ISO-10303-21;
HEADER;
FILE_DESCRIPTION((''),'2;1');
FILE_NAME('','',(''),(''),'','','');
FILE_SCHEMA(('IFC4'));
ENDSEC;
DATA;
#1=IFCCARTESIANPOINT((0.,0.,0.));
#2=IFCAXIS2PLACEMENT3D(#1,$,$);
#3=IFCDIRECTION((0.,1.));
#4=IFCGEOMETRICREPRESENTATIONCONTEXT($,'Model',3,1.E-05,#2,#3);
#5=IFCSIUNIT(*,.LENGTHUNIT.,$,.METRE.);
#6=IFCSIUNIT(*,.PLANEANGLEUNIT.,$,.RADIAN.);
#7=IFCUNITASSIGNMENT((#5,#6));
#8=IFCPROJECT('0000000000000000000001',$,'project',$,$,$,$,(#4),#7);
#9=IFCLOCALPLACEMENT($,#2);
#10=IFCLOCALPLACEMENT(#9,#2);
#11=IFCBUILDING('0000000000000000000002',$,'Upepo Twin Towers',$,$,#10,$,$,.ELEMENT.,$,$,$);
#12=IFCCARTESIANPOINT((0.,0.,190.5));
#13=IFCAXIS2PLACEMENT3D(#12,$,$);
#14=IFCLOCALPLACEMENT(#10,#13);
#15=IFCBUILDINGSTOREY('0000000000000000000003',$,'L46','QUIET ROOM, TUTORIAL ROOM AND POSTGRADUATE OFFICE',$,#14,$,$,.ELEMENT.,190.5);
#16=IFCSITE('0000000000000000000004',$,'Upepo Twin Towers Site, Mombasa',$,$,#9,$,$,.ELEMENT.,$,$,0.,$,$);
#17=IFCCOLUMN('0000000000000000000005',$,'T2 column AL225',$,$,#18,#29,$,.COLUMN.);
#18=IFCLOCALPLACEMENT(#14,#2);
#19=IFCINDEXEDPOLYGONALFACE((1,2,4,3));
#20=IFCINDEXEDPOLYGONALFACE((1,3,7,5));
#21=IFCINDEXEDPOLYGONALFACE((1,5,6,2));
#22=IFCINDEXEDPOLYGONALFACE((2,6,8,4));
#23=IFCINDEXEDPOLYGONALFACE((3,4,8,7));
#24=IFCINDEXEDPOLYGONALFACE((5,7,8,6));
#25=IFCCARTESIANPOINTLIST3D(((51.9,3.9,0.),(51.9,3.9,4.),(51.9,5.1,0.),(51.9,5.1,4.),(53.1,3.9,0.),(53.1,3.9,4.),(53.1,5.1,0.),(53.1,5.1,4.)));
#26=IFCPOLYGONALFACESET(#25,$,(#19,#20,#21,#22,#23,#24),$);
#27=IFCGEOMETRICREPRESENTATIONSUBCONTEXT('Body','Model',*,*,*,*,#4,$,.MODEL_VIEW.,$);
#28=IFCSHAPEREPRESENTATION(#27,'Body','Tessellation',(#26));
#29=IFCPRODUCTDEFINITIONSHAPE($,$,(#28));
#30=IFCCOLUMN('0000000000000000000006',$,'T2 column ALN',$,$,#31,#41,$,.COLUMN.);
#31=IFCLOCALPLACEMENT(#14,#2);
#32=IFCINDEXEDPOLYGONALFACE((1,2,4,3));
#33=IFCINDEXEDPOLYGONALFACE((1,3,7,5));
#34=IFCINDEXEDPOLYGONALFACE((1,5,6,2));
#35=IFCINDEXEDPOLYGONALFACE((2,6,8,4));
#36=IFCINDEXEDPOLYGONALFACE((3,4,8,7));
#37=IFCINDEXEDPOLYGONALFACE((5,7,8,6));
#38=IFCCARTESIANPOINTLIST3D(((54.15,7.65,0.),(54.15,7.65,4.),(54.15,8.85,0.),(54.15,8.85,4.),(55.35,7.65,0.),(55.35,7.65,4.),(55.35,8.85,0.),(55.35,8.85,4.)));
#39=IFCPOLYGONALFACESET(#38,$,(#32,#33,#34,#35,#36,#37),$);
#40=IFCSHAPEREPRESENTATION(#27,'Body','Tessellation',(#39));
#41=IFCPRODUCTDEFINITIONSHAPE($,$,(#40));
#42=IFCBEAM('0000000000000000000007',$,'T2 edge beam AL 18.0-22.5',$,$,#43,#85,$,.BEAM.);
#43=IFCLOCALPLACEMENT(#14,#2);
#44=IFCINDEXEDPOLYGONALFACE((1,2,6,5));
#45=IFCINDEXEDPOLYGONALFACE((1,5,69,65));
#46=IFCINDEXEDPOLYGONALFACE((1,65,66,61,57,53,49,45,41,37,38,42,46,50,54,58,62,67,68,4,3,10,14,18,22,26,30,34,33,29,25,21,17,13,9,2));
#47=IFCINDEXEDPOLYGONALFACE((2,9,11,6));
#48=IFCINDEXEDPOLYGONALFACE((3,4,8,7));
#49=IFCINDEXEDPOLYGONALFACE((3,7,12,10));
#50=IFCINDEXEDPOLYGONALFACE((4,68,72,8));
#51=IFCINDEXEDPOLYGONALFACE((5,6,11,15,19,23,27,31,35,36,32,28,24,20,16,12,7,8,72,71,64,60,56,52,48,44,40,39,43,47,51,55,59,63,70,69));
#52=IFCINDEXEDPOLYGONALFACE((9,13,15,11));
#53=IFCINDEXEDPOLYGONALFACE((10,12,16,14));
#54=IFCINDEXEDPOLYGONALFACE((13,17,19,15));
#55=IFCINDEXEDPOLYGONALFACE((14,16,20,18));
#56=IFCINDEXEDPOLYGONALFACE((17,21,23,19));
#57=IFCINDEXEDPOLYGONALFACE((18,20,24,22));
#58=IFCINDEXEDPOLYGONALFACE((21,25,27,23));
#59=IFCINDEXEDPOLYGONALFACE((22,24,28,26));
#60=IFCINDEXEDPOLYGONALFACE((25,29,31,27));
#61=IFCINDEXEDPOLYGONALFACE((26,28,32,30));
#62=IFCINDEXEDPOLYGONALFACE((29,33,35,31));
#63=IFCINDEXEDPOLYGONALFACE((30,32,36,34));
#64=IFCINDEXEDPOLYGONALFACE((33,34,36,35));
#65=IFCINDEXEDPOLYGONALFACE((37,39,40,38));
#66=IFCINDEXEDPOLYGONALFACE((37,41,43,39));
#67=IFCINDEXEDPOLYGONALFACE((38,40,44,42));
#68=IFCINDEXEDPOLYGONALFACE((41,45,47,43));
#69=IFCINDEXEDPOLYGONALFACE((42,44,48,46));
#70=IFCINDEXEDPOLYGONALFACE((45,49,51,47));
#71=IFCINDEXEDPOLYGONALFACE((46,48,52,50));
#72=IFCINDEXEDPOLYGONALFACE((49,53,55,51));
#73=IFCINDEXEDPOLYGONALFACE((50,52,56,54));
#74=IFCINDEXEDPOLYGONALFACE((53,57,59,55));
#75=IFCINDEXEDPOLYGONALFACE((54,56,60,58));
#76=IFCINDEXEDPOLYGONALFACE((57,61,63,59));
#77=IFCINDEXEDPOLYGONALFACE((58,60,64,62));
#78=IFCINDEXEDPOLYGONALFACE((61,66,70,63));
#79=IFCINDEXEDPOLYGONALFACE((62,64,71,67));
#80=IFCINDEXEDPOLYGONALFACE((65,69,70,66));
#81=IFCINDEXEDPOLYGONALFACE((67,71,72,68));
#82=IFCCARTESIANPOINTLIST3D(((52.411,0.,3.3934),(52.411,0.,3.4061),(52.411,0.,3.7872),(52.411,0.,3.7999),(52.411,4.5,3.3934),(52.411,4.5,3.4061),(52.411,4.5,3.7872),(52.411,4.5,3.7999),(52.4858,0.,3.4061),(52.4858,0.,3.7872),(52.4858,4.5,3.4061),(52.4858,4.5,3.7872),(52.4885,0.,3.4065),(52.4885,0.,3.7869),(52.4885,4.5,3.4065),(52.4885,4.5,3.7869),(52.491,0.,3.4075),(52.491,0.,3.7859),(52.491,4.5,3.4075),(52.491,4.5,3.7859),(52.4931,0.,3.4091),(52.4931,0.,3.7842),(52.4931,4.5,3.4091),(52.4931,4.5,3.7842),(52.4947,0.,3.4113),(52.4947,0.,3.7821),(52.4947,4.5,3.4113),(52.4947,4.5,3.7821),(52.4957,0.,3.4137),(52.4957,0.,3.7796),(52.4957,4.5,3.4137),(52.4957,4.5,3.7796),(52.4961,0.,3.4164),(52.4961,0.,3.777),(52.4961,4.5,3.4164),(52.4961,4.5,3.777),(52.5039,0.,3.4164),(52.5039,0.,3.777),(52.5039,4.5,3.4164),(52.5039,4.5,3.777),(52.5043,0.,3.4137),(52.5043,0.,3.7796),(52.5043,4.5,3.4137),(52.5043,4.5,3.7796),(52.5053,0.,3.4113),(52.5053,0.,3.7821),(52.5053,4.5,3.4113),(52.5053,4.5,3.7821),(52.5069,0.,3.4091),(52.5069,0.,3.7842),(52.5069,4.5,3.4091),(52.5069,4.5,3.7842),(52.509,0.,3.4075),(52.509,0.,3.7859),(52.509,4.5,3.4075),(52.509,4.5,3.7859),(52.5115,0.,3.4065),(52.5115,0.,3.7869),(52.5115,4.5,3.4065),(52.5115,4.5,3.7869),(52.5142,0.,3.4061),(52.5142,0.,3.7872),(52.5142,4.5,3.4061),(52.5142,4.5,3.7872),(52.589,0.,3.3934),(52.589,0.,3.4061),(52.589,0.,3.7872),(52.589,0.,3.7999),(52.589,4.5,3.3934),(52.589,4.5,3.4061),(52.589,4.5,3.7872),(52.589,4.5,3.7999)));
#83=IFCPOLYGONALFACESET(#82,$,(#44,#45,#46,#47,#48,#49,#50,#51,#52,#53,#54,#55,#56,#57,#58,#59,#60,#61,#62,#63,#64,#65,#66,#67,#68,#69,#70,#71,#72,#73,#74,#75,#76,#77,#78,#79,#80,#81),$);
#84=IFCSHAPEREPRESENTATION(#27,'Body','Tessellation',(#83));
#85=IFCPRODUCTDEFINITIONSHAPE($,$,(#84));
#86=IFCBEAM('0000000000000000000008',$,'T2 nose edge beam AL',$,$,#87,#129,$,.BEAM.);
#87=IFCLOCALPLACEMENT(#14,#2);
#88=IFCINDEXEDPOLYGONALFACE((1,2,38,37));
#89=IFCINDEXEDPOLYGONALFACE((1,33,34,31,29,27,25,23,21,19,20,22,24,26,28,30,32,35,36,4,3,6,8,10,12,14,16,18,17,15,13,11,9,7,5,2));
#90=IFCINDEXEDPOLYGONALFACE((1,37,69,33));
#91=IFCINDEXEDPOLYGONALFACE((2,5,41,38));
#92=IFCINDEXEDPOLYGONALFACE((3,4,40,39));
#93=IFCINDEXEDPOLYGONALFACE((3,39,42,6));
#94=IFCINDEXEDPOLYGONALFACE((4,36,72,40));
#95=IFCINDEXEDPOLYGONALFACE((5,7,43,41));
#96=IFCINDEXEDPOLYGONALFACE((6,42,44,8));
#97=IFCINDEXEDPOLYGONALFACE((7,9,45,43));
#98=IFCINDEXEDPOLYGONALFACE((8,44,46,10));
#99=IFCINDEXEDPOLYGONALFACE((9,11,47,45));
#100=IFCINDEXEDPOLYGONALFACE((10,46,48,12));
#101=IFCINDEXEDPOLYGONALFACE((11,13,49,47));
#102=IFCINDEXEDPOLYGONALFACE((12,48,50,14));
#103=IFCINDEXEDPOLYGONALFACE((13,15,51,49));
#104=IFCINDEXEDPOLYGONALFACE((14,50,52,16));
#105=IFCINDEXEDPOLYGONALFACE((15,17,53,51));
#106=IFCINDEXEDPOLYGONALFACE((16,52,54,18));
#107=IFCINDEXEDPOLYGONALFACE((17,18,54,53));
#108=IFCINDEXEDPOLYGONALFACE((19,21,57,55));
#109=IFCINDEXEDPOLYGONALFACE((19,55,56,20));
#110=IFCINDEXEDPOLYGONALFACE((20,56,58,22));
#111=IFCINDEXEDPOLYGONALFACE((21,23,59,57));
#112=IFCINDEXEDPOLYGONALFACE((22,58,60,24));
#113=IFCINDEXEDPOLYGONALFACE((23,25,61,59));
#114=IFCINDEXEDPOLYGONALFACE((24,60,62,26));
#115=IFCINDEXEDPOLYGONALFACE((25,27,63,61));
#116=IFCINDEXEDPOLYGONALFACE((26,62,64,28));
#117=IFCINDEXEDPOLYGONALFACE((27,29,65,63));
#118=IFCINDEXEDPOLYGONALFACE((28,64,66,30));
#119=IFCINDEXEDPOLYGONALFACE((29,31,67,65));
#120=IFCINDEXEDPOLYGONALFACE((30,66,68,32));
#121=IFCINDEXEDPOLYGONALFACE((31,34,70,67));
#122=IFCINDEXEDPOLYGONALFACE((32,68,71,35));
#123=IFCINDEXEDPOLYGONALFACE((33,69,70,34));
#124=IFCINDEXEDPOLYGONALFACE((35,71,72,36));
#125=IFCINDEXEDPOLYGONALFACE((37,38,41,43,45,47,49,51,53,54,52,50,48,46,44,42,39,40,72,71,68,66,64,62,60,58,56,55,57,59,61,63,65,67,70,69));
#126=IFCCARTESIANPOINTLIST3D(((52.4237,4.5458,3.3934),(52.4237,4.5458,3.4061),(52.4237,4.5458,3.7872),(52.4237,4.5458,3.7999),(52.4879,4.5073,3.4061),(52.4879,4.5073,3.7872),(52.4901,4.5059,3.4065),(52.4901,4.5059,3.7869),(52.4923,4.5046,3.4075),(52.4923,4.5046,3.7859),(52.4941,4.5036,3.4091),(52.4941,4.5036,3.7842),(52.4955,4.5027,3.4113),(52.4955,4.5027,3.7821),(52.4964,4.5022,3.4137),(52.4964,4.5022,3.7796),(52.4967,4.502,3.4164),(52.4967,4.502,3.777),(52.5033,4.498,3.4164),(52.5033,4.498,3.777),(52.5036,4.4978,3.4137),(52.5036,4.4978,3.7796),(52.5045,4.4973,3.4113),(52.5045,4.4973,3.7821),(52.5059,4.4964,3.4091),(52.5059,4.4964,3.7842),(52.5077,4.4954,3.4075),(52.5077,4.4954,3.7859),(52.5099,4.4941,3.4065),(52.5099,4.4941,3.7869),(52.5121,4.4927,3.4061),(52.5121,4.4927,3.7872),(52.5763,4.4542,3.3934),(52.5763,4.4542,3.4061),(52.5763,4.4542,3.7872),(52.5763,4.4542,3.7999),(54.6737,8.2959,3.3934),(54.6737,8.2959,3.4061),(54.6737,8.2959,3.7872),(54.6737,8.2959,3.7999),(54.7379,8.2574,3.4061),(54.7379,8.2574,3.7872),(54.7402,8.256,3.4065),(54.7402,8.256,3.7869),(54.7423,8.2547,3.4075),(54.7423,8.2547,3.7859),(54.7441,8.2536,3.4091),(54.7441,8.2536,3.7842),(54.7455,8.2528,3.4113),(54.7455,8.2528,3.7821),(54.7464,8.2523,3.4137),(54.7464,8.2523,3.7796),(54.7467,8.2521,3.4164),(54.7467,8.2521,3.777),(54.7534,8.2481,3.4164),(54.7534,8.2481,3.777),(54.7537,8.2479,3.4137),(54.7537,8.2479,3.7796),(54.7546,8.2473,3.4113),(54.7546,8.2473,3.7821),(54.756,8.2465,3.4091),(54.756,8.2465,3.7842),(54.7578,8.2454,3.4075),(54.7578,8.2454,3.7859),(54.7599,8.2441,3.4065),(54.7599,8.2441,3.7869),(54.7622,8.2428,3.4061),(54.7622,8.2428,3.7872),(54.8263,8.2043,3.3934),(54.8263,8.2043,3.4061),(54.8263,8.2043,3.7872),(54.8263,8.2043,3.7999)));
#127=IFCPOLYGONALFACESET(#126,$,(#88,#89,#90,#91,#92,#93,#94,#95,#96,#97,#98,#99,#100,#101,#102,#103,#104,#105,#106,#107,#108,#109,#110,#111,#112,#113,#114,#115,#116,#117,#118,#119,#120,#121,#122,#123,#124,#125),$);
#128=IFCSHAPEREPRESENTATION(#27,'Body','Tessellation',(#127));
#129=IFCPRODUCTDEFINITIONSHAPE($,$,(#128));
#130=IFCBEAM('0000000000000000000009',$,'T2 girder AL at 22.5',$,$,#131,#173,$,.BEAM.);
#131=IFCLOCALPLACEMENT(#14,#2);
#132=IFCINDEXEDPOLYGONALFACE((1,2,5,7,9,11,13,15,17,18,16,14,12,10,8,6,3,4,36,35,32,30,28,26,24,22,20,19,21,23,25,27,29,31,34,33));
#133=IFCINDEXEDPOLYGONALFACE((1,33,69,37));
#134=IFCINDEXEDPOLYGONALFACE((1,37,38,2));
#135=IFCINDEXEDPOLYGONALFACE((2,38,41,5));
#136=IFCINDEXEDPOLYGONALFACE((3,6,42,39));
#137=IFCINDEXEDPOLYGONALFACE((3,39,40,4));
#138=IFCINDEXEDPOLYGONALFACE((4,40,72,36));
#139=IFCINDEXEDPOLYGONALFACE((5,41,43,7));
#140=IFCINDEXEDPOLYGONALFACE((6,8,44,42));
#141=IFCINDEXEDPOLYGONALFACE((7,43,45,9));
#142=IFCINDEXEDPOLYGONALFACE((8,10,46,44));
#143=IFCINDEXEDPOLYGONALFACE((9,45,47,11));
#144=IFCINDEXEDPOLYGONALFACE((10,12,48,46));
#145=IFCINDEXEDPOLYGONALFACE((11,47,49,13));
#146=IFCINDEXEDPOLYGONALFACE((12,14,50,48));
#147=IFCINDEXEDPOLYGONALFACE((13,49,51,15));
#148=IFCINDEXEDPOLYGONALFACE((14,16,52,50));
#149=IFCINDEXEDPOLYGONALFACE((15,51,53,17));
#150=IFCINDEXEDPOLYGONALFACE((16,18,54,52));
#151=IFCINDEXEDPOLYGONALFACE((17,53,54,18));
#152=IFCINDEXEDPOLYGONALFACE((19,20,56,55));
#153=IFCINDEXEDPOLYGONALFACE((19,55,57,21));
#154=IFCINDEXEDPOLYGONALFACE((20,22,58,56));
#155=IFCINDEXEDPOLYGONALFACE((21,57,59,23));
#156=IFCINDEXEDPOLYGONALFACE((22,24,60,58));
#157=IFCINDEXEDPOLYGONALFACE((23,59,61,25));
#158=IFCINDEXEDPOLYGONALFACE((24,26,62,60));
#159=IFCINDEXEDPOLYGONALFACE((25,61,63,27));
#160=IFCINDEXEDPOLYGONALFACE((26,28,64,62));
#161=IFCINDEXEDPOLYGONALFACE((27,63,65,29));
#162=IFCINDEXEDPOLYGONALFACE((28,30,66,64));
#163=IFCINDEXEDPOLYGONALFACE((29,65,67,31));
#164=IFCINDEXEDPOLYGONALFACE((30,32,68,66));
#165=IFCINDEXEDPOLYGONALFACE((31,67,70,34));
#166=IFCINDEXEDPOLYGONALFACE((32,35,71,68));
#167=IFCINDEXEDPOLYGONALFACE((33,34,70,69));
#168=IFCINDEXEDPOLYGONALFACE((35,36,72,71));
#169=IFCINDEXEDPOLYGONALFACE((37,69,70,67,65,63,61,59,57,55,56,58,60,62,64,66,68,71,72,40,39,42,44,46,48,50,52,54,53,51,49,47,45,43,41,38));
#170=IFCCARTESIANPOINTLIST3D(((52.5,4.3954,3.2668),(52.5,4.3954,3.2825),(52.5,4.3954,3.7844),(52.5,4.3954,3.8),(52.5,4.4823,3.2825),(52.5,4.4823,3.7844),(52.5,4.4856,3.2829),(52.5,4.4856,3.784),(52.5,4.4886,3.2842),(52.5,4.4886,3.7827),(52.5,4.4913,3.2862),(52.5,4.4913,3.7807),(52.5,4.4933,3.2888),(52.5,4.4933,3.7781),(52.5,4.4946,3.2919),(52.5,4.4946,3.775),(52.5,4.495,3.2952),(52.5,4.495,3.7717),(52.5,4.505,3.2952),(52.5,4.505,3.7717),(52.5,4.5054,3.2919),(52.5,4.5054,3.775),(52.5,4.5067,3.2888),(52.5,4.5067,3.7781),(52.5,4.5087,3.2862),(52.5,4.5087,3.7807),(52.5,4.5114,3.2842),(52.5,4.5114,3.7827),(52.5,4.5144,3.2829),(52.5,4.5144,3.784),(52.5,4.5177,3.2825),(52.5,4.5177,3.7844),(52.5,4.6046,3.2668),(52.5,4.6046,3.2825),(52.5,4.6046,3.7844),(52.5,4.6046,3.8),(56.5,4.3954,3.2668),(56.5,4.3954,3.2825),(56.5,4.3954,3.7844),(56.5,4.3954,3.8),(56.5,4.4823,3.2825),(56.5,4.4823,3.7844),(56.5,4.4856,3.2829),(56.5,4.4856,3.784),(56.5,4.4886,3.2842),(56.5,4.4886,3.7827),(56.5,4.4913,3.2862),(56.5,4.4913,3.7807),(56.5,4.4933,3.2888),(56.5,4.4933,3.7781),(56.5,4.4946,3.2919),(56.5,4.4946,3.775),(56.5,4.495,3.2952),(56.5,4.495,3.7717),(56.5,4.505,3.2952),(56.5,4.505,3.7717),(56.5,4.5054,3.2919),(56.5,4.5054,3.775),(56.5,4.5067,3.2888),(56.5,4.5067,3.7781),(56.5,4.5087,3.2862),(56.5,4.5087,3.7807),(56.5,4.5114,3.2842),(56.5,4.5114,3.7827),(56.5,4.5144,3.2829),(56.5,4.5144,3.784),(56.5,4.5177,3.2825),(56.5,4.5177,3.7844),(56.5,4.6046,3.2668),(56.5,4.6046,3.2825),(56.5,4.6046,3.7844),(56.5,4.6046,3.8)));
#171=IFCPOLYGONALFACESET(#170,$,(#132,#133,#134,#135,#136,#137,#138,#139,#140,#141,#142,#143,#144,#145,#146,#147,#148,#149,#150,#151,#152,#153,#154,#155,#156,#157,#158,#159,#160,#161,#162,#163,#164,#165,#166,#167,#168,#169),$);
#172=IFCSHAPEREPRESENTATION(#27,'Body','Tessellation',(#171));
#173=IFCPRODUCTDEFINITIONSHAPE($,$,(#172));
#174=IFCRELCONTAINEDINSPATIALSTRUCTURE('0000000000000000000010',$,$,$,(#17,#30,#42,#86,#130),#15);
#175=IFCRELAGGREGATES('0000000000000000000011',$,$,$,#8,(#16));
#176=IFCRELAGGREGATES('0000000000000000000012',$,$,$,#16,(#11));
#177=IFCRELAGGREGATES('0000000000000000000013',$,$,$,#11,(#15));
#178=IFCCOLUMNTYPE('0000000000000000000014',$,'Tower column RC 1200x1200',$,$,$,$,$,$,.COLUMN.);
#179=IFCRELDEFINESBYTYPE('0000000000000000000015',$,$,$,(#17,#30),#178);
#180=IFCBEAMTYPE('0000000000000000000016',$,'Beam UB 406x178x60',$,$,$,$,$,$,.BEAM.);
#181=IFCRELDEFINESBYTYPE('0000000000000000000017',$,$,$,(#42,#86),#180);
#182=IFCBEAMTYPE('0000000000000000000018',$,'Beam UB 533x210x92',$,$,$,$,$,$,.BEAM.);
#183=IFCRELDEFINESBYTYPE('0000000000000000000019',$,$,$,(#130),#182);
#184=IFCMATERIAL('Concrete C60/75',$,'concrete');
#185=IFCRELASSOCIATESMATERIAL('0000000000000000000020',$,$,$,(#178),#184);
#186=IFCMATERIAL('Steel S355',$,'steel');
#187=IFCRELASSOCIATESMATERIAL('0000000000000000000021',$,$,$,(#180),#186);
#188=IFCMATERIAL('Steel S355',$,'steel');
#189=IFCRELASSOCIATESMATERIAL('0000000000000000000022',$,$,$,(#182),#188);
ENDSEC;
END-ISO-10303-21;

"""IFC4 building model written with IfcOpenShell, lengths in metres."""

from ifc_helpers import new_model, si_unit, direction, frame, origin, origin_2d, place, context, subcontext, project, spatial, rectangle, i_section, extrude, material, material_profile, profile_set, type_object, element, save


model = new_model("IFC4")

# Units and contexts
model_context = context("Model", 3, precision=1e-05, world=origin(), true_north=direction((0.0, 1.0)))
body_context = subcontext(model_context, "Body", "Model", "MODEL_VIEW")
ifc_project = project(units=[si_unit("LENGTHUNIT", "METRE"), si_unit("PLANEANGLEUNIT", "RADIAN")], contexts=[model_context])

# Site, building, storey
site_placement = place(None, origin())
site = spatial("IfcSite", under=ifc_project, at=site_placement, Name="Upepo Twin Towers Site, Mombasa", CompositionType="ELEMENT", RefElevation=0.0)
building_placement = place(site_placement, origin())
building = spatial("IfcBuilding", under=site, at=building_placement, Name="Upepo Twin Towers", CompositionType="ELEMENT")
storey_placement = place(building_placement, frame((0.0, 0.0, 190.5)))
storey = spatial("IfcBuildingStorey", under=building, at=storey_placement, Name="L46", Description="QUIET ROOM, TUTORIAL ROOM AND POSTGRADUATE OFFICE", CompositionType="ELEMENT", Elevation=190.5)

# Columns
ifc_material_1 = material(Name="Concrete C60/75", Category="concrete")
ifc_material_profile_1 = material_profile(ifc_material_1, rectangle(XDim=1.2, YDim=1.2, at=origin_2d()), Name="RC 1200x1200")
ifc_profile_set_1 = profile_set([ifc_material_profile_1], Name="Concrete C60/75")
column_type = type_object("IfcColumnType", Name="Tower column RC 1200x1200", PredefinedType="COLUMN", material=ifc_profile_set_1)
for number, where, z_axis, x_axis, name in (
    (1, (52.5, 4.5, 0.0), (0.0, 0.0, 1.0), (1.0, 0.0, 0.0), "T2 column AL225"),
    (2, (54.75, 8.25, 0.0), (0.0, 0.0, 1.0), (1.0, 0.0, 0.0), "T2 column ALN"),
):
    element("IfcColumn", number, at=place(storey_placement, frame(where, z_axis=z_axis, x_axis=x_axis)), inside=storey, type_object=column_type, Name=name, PredefinedType="COLUMN", context=body_context, shape_type="SweptSolid", body=[
        extrude(rectangle(XDim=1.2, YDim=1.2, at=origin_2d()), origin(), (0.0, 0.0, 1.0), 4.0),
    ])

# Beams
ifc_material_2 = material(Name="Steel S355", Category="steel")
ifc_material_profile_2 = material_profile(ifc_material_2, i_section(OverallWidth=0.178, OverallDepth=0.4065, WebThickness=0.0078, FlangeThickness=0.0127, FilletRadius=0.0103, at=origin_2d()), Name="UB 406x178x60")
ifc_profile_set_2 = profile_set([ifc_material_profile_2], Name="Steel S355")
beam_type_1 = type_object("IfcBeamType", Name="Beam UB 406x178x60", PredefinedType="BEAM", material=ifc_profile_set_2)
beam_1_placement = place(storey_placement, frame((52.5, 0.0, 3.5967), z_axis=(0.0, 1.0, 0.0), x_axis=(-1.0, 0.0, 0.0)))
element("IfcBeam", 3, at=beam_1_placement, inside=storey, type_object=beam_type_1, Name="T2 edge beam AL 18.0-22.5", PredefinedType="BEAM", context=body_context, shape_type="SweptSolid", body=[
    extrude(i_section(OverallWidth=0.178, OverallDepth=0.4065, WebThickness=0.0078, FlangeThickness=0.0127, FilletRadius=0.0103, at=origin_2d()), origin(), (0.0, 0.0, 1.0), 4.5),
])
beam_2_placement = place(storey_placement, frame((52.5, 4.5, 3.5967), z_axis=(0.514496, 0.857493, 0.0), x_axis=(-0.857493, 0.514496, 0.0)))
element("IfcBeam", 4, at=beam_2_placement, inside=storey, type_object=beam_type_1, Name="T2 nose edge beam AL", PredefinedType="BEAM", context=body_context, shape_type="SweptSolid", body=[
    extrude(i_section(OverallWidth=0.178, OverallDepth=0.4065, WebThickness=0.0078, FlangeThickness=0.0127, FilletRadius=0.0103, at=origin_2d()), origin(), (0.0, 0.0, 1.0), 4.3733),
])
ifc_material_3 = material(Name="Steel S355", Category="steel")
ifc_material_profile_3 = material_profile(ifc_material_3, i_section(OverallWidth=0.2092, OverallDepth=0.5332, WebThickness=0.01, FlangeThickness=0.0156, FilletRadius=0.0127, at=origin_2d()), Name="UB 533x210x92")
ifc_profile_set_3 = profile_set([ifc_material_profile_3], Name="Steel S355")
beam_type_2 = type_object("IfcBeamType", Name="Beam UB 533x210x92", PredefinedType="BEAM", material=ifc_profile_set_3)
beam_3_placement = place(storey_placement, frame((52.5, 4.5, 3.5334), z_axis=(1.0, 0.0, 0.0), x_axis=(0.0, 1.0, 0.0)))
element("IfcBeam", 5, at=beam_3_placement, inside=storey, type_object=beam_type_2, Name="T2 girder AL at 22.5", PredefinedType="BEAM", context=body_context, shape_type="SweptSolid", body=[
    extrude(i_section(OverallWidth=0.2092, OverallDepth=0.5332, WebThickness=0.01, FlangeThickness=0.0156, FilletRadius=0.0127, at=origin_2d()), origin(), (0.0, 0.0, 1.0), 4.0),
])

save(model, "model.ifc")
